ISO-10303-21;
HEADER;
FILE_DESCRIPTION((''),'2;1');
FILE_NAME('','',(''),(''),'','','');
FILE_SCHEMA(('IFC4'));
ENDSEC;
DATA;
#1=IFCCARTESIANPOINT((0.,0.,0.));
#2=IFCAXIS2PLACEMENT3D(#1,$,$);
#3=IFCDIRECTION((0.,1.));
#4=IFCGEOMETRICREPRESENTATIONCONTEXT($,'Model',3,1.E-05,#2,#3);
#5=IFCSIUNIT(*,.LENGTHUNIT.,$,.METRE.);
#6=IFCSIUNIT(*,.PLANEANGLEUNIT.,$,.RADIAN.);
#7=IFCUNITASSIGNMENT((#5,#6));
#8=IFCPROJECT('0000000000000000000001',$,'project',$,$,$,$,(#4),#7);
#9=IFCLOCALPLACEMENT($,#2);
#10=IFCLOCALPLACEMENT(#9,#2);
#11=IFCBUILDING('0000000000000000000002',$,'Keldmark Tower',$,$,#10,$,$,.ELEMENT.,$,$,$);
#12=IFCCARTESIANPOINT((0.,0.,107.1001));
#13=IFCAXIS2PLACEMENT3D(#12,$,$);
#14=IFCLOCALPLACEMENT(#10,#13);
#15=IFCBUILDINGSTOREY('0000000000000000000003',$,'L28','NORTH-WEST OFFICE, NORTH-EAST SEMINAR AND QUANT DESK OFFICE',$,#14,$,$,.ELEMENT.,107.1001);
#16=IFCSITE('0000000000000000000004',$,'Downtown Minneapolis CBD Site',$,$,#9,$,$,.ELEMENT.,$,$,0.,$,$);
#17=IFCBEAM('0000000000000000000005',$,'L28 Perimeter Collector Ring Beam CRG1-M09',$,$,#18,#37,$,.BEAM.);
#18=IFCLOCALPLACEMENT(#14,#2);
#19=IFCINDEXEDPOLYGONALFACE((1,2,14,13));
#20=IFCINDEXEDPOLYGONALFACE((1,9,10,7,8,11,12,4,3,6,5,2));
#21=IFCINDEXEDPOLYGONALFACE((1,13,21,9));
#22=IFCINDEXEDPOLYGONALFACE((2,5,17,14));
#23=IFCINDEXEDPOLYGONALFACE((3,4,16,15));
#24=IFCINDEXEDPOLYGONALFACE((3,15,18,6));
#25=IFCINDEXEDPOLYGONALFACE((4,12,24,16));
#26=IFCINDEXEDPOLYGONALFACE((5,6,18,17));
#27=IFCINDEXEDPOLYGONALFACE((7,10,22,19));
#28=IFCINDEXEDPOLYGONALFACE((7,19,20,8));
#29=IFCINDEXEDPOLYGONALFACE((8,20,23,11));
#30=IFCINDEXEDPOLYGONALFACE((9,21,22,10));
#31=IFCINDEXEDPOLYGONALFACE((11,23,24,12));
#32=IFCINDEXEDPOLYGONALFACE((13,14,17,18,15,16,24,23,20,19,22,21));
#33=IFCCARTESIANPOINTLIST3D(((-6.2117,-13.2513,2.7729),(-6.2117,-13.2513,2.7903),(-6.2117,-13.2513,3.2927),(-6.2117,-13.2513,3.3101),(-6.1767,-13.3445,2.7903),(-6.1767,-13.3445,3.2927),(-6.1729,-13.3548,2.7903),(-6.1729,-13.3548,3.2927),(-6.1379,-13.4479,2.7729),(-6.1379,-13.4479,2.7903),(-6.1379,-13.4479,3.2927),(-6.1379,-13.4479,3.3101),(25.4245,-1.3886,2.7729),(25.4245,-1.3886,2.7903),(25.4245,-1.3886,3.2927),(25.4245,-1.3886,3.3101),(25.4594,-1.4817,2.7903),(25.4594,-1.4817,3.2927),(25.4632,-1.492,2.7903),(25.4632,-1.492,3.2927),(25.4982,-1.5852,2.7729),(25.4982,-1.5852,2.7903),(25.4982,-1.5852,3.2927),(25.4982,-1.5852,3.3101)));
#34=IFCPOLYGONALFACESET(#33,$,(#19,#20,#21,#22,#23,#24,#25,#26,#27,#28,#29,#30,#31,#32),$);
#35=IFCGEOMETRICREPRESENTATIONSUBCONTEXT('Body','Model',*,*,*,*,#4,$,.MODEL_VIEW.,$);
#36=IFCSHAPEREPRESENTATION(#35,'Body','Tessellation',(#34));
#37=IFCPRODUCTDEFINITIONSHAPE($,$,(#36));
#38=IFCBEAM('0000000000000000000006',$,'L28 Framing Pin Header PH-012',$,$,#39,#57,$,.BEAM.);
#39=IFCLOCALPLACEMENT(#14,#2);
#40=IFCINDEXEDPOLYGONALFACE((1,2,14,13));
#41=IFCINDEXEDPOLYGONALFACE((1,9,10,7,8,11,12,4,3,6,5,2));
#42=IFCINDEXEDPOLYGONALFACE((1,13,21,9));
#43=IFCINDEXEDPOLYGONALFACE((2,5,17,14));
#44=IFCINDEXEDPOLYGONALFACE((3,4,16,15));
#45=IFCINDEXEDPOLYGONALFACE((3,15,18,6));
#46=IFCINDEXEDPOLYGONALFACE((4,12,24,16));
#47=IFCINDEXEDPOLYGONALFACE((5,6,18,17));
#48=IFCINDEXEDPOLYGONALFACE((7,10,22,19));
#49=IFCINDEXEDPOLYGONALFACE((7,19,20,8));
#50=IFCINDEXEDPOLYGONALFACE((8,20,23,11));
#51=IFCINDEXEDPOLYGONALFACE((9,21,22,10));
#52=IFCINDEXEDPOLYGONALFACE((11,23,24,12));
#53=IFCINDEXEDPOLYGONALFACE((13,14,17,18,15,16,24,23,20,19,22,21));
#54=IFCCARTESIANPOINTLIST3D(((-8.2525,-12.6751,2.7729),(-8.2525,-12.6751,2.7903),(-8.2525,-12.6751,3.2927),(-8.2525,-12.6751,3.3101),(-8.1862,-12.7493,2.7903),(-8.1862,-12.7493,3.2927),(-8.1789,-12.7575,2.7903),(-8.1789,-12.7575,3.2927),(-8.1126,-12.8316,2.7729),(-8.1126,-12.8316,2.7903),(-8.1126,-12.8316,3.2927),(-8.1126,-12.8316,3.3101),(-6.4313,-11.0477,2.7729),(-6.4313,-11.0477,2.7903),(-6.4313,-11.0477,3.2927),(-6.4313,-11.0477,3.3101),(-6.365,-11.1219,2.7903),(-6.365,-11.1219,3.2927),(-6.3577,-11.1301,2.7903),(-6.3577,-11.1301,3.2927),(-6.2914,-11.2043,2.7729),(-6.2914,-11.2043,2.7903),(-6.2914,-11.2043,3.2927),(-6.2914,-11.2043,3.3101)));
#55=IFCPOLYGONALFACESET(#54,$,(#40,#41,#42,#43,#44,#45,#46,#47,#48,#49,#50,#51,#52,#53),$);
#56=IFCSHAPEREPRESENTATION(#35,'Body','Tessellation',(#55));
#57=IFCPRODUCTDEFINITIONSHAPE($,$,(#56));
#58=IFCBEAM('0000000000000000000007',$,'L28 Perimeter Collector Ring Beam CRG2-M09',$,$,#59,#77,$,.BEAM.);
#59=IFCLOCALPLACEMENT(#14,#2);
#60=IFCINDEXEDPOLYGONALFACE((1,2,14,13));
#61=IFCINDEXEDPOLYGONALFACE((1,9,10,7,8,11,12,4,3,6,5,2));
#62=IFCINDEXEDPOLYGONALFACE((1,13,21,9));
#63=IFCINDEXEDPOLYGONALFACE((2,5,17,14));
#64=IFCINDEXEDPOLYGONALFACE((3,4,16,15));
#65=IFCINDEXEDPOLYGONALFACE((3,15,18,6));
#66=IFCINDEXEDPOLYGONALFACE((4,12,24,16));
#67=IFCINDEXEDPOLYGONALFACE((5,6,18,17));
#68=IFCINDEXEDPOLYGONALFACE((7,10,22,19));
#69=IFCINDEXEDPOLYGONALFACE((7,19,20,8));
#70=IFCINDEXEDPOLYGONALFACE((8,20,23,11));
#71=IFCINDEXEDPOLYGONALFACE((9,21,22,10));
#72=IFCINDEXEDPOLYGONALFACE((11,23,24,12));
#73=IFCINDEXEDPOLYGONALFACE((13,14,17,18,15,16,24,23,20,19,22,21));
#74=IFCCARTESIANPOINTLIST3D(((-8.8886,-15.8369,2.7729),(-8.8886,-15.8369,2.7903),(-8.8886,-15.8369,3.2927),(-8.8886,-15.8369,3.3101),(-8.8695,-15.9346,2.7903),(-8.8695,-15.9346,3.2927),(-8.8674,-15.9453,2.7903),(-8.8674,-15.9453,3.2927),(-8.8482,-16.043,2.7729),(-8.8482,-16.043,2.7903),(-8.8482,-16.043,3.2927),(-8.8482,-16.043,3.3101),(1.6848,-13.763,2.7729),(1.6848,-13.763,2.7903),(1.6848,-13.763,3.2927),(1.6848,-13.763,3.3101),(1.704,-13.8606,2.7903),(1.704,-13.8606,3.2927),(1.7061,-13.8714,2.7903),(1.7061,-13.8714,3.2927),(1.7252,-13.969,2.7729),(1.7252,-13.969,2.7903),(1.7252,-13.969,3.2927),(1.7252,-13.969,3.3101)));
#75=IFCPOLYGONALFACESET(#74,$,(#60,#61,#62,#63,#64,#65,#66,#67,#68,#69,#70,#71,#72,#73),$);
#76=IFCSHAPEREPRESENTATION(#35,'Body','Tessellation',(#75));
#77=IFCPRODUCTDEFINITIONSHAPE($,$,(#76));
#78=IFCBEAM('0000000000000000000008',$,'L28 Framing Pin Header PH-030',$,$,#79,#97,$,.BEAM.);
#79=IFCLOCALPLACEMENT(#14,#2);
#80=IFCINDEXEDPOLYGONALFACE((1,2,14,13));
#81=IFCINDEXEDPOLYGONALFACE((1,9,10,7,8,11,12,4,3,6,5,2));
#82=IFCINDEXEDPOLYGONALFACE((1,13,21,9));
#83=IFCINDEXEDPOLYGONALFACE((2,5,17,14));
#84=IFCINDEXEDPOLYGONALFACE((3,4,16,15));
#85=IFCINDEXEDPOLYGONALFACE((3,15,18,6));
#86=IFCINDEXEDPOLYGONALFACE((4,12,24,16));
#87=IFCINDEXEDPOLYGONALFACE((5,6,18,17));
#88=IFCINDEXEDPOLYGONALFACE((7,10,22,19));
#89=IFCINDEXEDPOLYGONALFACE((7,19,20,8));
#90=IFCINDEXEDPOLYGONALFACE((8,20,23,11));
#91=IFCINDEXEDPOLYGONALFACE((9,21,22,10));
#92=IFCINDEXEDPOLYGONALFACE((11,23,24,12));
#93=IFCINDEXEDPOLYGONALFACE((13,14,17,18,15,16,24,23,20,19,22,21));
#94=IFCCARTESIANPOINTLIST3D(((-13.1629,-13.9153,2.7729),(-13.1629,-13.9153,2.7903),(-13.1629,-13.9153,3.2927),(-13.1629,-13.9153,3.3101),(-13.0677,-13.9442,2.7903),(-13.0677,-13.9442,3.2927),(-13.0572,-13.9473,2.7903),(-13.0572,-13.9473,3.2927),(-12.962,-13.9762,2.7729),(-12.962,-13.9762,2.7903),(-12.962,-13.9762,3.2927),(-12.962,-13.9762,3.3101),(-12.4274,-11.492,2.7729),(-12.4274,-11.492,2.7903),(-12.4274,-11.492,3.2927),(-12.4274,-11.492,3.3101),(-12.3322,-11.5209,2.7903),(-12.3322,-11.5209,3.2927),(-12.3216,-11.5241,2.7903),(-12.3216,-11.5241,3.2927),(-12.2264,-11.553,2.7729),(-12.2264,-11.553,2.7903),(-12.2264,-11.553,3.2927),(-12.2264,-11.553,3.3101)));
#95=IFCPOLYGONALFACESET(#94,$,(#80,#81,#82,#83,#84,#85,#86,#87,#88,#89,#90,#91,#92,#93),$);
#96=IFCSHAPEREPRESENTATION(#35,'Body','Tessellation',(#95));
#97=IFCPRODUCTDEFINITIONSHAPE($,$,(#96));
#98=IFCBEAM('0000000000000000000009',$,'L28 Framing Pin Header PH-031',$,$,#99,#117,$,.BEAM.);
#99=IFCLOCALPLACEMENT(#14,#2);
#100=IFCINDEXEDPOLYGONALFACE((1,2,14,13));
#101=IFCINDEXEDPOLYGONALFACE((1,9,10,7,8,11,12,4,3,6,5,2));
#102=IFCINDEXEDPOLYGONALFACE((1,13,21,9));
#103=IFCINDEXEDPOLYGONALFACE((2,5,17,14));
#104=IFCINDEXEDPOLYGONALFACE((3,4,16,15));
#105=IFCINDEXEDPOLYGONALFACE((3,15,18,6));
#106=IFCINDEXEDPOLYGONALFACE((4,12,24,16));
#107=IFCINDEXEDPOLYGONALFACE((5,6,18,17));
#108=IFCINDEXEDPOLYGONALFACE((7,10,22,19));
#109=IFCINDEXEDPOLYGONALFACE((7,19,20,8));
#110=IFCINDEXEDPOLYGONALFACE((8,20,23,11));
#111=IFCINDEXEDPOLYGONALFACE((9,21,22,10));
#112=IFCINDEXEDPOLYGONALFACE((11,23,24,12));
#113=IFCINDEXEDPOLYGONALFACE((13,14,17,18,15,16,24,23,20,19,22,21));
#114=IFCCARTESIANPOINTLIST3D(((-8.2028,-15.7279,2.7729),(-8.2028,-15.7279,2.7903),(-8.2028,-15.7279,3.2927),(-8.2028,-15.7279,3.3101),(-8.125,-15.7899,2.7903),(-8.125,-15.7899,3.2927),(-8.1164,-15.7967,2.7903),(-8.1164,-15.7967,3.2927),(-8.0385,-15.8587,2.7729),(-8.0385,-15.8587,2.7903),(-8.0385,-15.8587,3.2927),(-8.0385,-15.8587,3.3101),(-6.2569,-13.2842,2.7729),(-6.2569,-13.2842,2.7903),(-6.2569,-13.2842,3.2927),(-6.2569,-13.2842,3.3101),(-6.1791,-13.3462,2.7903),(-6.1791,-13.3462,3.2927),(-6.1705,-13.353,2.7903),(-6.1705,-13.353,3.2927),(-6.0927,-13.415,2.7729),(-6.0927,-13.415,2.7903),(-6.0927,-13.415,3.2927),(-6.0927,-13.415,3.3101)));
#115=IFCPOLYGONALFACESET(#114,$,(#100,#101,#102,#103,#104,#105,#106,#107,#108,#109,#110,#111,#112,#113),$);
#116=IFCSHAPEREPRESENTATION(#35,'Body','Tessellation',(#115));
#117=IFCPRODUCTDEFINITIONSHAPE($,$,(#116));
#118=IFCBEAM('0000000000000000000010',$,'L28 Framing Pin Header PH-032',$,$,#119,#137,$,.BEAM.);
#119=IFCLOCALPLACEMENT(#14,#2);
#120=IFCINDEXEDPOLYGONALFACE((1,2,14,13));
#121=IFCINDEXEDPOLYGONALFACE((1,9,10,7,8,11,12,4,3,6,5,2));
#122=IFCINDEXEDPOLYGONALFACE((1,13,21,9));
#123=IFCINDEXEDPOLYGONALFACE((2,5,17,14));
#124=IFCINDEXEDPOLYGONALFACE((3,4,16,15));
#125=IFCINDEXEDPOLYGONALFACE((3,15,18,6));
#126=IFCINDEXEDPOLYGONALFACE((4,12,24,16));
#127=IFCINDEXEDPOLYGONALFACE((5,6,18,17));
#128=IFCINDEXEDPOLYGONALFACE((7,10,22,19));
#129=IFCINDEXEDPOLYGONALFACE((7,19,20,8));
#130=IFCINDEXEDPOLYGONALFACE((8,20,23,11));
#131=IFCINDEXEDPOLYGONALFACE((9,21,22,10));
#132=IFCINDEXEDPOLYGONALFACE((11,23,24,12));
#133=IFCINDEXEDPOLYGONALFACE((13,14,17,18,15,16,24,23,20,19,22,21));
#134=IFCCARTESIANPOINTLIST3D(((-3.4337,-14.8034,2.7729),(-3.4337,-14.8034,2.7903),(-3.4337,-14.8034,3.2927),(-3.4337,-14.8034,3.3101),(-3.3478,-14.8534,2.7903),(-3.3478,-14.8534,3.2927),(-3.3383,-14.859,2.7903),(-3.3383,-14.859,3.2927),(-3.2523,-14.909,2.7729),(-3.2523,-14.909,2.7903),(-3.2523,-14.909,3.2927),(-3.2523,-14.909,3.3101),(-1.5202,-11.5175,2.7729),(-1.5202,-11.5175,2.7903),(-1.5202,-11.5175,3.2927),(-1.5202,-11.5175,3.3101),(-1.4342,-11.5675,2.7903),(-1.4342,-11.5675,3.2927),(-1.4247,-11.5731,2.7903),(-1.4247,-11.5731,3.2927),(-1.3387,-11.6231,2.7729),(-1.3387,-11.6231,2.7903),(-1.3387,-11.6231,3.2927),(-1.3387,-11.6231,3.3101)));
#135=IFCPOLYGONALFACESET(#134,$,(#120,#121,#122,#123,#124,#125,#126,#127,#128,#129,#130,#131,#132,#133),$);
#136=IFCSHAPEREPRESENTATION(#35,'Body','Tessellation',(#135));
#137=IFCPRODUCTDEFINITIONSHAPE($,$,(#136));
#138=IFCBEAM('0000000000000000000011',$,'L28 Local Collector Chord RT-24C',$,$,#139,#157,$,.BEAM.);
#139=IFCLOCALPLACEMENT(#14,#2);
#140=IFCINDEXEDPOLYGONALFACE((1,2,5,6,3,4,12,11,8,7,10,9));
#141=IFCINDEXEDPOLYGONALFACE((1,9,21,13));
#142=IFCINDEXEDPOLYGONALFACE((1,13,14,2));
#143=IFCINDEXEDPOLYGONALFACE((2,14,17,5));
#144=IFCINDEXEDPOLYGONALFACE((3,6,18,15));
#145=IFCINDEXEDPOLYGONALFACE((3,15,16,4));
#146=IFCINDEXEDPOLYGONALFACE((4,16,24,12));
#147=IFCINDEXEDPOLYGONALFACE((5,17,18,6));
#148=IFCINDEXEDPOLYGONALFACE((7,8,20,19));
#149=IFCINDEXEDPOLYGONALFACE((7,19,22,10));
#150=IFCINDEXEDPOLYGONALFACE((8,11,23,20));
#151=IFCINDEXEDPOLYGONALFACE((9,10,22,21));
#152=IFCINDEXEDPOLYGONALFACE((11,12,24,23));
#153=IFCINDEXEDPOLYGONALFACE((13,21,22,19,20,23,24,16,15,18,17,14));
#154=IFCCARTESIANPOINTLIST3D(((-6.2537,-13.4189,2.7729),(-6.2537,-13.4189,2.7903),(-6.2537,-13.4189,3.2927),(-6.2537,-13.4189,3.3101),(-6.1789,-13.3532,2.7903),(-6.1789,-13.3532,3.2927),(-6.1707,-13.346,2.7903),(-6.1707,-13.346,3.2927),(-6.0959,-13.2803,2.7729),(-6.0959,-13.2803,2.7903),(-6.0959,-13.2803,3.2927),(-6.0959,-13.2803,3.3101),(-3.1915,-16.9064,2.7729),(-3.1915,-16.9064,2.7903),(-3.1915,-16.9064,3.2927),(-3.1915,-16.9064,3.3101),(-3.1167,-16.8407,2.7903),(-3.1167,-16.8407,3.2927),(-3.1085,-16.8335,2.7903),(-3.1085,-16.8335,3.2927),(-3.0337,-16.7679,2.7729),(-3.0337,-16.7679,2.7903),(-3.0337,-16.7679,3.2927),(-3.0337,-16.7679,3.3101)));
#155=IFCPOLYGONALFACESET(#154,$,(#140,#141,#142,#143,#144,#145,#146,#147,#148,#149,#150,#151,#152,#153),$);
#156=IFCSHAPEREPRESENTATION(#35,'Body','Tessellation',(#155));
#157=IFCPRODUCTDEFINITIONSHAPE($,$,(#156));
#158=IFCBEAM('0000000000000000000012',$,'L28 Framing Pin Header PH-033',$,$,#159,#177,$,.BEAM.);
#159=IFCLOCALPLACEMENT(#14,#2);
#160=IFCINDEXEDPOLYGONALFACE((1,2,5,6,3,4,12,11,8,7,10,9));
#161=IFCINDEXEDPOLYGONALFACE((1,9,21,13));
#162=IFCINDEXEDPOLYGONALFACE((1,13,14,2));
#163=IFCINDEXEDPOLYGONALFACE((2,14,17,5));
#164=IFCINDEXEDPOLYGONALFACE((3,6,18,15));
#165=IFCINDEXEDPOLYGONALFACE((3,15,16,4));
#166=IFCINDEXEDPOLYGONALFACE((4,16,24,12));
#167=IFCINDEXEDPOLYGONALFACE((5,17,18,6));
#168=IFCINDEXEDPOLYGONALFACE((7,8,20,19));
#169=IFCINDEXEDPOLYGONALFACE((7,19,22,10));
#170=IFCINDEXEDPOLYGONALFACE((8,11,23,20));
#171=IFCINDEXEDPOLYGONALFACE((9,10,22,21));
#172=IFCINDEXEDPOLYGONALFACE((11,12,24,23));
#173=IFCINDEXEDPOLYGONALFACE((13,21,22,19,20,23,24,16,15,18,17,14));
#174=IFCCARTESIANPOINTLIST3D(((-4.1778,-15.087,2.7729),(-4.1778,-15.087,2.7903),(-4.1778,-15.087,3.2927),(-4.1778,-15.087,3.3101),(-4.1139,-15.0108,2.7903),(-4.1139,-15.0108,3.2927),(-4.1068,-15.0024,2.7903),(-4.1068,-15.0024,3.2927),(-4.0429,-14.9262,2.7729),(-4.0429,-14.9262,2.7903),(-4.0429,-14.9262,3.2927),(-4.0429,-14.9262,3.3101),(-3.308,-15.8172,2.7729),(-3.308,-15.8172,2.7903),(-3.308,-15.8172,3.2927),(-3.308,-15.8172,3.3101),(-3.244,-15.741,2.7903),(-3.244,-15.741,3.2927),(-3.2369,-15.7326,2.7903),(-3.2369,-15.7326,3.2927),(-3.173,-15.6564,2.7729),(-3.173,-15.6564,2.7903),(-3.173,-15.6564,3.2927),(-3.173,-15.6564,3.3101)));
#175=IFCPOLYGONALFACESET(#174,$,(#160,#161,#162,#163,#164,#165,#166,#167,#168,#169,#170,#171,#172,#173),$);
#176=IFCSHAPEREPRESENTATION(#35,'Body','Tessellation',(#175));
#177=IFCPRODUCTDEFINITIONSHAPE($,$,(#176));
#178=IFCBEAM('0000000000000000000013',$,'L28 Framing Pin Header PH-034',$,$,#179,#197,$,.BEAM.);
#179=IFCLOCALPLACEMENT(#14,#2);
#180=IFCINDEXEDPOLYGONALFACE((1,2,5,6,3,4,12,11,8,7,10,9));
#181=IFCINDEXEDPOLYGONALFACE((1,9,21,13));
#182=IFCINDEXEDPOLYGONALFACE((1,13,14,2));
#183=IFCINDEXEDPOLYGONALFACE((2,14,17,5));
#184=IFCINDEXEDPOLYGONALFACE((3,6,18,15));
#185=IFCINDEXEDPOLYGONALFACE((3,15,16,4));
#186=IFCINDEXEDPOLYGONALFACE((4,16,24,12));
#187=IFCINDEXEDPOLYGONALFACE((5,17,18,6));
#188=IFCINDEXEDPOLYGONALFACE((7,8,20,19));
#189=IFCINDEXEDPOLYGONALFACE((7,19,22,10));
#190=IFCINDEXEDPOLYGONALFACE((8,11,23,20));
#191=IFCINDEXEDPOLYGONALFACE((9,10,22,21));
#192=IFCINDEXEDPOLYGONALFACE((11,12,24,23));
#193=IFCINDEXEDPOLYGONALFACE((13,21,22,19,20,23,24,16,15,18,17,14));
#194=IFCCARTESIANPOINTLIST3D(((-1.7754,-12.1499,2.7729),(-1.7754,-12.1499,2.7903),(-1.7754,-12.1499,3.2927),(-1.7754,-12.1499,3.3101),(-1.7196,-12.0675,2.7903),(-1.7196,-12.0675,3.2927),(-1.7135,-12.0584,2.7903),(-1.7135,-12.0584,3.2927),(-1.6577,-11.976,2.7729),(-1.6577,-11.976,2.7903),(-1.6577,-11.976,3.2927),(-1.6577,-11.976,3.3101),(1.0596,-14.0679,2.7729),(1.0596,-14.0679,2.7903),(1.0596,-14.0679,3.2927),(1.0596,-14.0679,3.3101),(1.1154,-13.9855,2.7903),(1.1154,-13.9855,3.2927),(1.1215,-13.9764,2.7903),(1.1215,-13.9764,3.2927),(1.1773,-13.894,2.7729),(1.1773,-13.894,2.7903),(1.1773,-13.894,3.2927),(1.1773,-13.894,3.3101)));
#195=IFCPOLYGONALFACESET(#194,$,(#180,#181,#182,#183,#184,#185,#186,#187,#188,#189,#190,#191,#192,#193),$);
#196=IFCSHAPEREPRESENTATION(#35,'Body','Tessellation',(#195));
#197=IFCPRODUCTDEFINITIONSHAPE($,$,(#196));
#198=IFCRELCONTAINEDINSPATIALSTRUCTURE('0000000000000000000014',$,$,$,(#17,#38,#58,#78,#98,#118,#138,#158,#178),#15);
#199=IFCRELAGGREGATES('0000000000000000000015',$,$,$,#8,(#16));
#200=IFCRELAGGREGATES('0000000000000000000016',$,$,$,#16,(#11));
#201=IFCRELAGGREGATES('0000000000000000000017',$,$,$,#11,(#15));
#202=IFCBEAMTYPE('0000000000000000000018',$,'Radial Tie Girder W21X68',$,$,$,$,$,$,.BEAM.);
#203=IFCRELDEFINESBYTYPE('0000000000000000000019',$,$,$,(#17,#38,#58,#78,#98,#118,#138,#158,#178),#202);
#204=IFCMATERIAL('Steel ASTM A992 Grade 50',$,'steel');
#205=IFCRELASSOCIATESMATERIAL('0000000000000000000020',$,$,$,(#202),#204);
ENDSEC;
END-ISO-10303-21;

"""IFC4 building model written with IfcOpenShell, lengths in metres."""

from ifc_helpers import new_model, si_unit, direction, frame, origin, origin_2d, place, context, subcontext, project, spatial, i_section, extrude, material, material_profile, profile_set, type_object, element, save


model = new_model("IFC4")

# Units and contexts
model_context = context("Model", 3, precision=1e-05, world=origin(), true_north=direction((0.0, 1.0)))
body_context = subcontext(model_context, "Body", "Model", "MODEL_VIEW")
ifc_project = project(units=[si_unit("LENGTHUNIT", "METRE"), si_unit("PLANEANGLEUNIT", "RADIAN")], contexts=[model_context])

# Site, building, storey
site_placement = place(None, origin())
site = spatial("IfcSite", under=ifc_project, at=site_placement, Name="Downtown Minneapolis CBD Site", CompositionType="ELEMENT", RefElevation=0.0)
building_placement = place(site_placement, origin())
building = spatial("IfcBuilding", under=site, at=building_placement, Name="Keldmark Tower", CompositionType="ELEMENT")
storey_placement = place(building_placement, frame((0.0, 0.0, 107.1001)))
storey = spatial("IfcBuildingStorey", under=building, at=storey_placement, Name="L28", Description="NORTH-WEST OFFICE, NORTH-EAST SEMINAR AND QUANT DESK OFFICE", CompositionType="ELEMENT", Elevation=107.1001)

# Beams
ifc_material_1 = material(Name="Steel ASTM A992 Grade 50", Category="steel")
ifc_material_profile_1 = material_profile(ifc_material_1, i_section(OverallWidth=0.21, OverallDepth=0.5371, WebThickness=0.011, FlangeThickness=0.0173, at=origin_2d()), Name="W21X68")
ifc_profile_set_1 = profile_set([ifc_material_profile_1], Name="Steel ASTM A992 Grade 50")
beam_type_1 = type_object("IfcBeamType", Name="Radial Tie Girder W21X68", PredefinedType="BEAM", material=ifc_profile_set_1)
beam_1_placement = place(storey_placement, frame((-6.1748, -13.3496, 3.0415), z_axis=(0.936337, 0.351103, 0.0), x_axis=(-0.351103, 0.936337, 0.0)))
element("IfcBeam", 1, at=beam_1_placement, inside=storey, type_object=beam_type_1, Name="L28 Perimeter Collector Ring Beam CRG1-M09", PredefinedType="BEAM", context=body_context, shape_type="SweptSolid", body=[
    extrude(i_section(OverallWidth=0.21, OverallDepth=0.5371, WebThickness=0.011, FlangeThickness=0.0173, at=origin_2d()), origin(), (0.0, 0.0, 1.0), 33.7871),
])
beam_2_placement = place(storey_placement, frame((-6.3613, -11.126, 3.0415), z_axis=(-0.745675, -0.66631, 0.0), x_axis=(0.66631, -0.745675, 0.0)))
element("IfcBeam", 2, at=beam_2_placement, inside=storey, type_object=beam_type_1, Name="L28 Framing Pin Header PH-012", PredefinedType="BEAM", context=body_context, shape_type="SweptSolid", body=[
    extrude(i_section(OverallWidth=0.21, OverallDepth=0.5371, WebThickness=0.011, FlangeThickness=0.0173, at=origin_2d()), origin(), (0.0, 0.0, 1.0), 2.4424),
])
beam_3_placement = place(storey_placement, frame((-8.8684, -15.9399, 3.0415), z_axis=(0.981301, 0.192481, 0.0), x_axis=(-0.192481, 0.981301, 0.0)))
element("IfcBeam", 3, at=beam_3_placement, inside=storey, type_object=beam_type_1, Name="L28 Perimeter Collector Ring Beam CRG2-M09", PredefinedType="BEAM", context=body_context, shape_type="SweptSolid", body=[
    extrude(i_section(OverallWidth=0.21, OverallDepth=0.5371, WebThickness=0.011, FlangeThickness=0.0173, at=origin_2d()), origin(), (0.0, 0.0, 1.0), 10.7749),
])
beam_4_placement = place(storey_placement, frame((-12.3269, -11.5225, 3.0415), z_axis=(-0.29046, -0.956887, 0.0), x_axis=(0.956887, -0.29046, 0.0)))
element("IfcBeam", 4, at=beam_4_placement, inside=storey, type_object=beam_type_1, Name="L28 Framing Pin Header PH-030", PredefinedType="BEAM", context=body_context, shape_type="SweptSolid", body=[
    extrude(i_section(OverallWidth=0.21, OverallDepth=0.5371, WebThickness=0.011, FlangeThickness=0.0173, at=origin_2d()), origin(), (0.0, 0.0, 1.0), 2.5325),
])
beam_5_placement = place(storey_placement, frame((-6.1748, -13.3496, 3.0415), z_axis=(-0.622921, -0.782285, 0.0), x_axis=(0.782285, -0.622921, 0.0)))
element("IfcBeam", 5, at=beam_5_placement, inside=storey, type_object=beam_type_1, Name="L28 Framing Pin Header PH-031", PredefinedType="BEAM", context=body_context, shape_type="SweptSolid", body=[
    extrude(i_section(OverallWidth=0.21, OverallDepth=0.5371, WebThickness=0.011, FlangeThickness=0.0173, at=origin_2d()), origin(), (0.0, 0.0, 1.0), 3.1238),
])
beam_6_placement = place(storey_placement, frame((-1.4294, -11.5703, 3.0415), z_axis=(-0.503244, -0.864144, 0.0), x_axis=(0.864144, -0.503244, 0.0)))
element("IfcBeam", 6, at=beam_6_placement, inside=storey, type_object=beam_type_1, Name="L28 Framing Pin Header PH-032", PredefinedType="BEAM", context=body_context, shape_type="SweptSolid", body=[
    extrude(i_section(OverallWidth=0.21, OverallDepth=0.5371, WebThickness=0.011, FlangeThickness=0.0173, at=origin_2d()), origin(), (0.0, 0.0, 1.0), 3.8025),
])
beam_7_placement = place(storey_placement, frame((-6.1748, -13.3496, 3.0415), z_axis=(0.659803, -0.751438, 0.0), x_axis=(0.751438, 0.659803, 0.0)))
element("IfcBeam", 7, at=beam_7_placement, inside=storey, type_object=beam_type_1, Name="L28 Local Collector Chord RT-24C", PredefinedType="BEAM", context=body_context, shape_type="SweptSolid", body=[
    extrude(i_section(OverallWidth=0.21, OverallDepth=0.5371, WebThickness=0.011, FlangeThickness=0.0173, at=origin_2d()), origin(), (0.0, 0.0, 1.0), 4.6411),
])
beam_8_placement = place(storey_placement, frame((-4.1104, -15.0066, 3.0415), z_axis=(0.765908, -0.64295, 0.0), x_axis=(0.64295, 0.765908, 0.0)))
element("IfcBeam", 8, at=beam_8_placement, inside=storey, type_object=beam_type_1, Name="L28 Framing Pin Header PH-033", PredefinedType="BEAM", context=body_context, shape_type="SweptSolid", body=[
    extrude(i_section(OverallWidth=0.21, OverallDepth=0.5371, WebThickness=0.011, FlangeThickness=0.0173, at=origin_2d()), origin(), (0.0, 0.0, 1.0), 1.1357),
])
beam_9_placement = place(storey_placement, frame((-1.7166, -12.063, 3.0415), z_axis=(0.828256, -0.56035, 0.0), x_axis=(0.56035, 0.828256, 0.0)))
element("IfcBeam", 9, at=beam_9_placement, inside=storey, type_object=beam_type_1, Name="L28 Framing Pin Header PH-034", PredefinedType="BEAM", context=body_context, shape_type="SweptSolid", body=[
    extrude(i_section(OverallWidth=0.21, OverallDepth=0.5371, WebThickness=0.011, FlangeThickness=0.0173, at=origin_2d()), origin(), (0.0, 0.0, 1.0), 3.4229),
])

save(model, "model.ifc")
